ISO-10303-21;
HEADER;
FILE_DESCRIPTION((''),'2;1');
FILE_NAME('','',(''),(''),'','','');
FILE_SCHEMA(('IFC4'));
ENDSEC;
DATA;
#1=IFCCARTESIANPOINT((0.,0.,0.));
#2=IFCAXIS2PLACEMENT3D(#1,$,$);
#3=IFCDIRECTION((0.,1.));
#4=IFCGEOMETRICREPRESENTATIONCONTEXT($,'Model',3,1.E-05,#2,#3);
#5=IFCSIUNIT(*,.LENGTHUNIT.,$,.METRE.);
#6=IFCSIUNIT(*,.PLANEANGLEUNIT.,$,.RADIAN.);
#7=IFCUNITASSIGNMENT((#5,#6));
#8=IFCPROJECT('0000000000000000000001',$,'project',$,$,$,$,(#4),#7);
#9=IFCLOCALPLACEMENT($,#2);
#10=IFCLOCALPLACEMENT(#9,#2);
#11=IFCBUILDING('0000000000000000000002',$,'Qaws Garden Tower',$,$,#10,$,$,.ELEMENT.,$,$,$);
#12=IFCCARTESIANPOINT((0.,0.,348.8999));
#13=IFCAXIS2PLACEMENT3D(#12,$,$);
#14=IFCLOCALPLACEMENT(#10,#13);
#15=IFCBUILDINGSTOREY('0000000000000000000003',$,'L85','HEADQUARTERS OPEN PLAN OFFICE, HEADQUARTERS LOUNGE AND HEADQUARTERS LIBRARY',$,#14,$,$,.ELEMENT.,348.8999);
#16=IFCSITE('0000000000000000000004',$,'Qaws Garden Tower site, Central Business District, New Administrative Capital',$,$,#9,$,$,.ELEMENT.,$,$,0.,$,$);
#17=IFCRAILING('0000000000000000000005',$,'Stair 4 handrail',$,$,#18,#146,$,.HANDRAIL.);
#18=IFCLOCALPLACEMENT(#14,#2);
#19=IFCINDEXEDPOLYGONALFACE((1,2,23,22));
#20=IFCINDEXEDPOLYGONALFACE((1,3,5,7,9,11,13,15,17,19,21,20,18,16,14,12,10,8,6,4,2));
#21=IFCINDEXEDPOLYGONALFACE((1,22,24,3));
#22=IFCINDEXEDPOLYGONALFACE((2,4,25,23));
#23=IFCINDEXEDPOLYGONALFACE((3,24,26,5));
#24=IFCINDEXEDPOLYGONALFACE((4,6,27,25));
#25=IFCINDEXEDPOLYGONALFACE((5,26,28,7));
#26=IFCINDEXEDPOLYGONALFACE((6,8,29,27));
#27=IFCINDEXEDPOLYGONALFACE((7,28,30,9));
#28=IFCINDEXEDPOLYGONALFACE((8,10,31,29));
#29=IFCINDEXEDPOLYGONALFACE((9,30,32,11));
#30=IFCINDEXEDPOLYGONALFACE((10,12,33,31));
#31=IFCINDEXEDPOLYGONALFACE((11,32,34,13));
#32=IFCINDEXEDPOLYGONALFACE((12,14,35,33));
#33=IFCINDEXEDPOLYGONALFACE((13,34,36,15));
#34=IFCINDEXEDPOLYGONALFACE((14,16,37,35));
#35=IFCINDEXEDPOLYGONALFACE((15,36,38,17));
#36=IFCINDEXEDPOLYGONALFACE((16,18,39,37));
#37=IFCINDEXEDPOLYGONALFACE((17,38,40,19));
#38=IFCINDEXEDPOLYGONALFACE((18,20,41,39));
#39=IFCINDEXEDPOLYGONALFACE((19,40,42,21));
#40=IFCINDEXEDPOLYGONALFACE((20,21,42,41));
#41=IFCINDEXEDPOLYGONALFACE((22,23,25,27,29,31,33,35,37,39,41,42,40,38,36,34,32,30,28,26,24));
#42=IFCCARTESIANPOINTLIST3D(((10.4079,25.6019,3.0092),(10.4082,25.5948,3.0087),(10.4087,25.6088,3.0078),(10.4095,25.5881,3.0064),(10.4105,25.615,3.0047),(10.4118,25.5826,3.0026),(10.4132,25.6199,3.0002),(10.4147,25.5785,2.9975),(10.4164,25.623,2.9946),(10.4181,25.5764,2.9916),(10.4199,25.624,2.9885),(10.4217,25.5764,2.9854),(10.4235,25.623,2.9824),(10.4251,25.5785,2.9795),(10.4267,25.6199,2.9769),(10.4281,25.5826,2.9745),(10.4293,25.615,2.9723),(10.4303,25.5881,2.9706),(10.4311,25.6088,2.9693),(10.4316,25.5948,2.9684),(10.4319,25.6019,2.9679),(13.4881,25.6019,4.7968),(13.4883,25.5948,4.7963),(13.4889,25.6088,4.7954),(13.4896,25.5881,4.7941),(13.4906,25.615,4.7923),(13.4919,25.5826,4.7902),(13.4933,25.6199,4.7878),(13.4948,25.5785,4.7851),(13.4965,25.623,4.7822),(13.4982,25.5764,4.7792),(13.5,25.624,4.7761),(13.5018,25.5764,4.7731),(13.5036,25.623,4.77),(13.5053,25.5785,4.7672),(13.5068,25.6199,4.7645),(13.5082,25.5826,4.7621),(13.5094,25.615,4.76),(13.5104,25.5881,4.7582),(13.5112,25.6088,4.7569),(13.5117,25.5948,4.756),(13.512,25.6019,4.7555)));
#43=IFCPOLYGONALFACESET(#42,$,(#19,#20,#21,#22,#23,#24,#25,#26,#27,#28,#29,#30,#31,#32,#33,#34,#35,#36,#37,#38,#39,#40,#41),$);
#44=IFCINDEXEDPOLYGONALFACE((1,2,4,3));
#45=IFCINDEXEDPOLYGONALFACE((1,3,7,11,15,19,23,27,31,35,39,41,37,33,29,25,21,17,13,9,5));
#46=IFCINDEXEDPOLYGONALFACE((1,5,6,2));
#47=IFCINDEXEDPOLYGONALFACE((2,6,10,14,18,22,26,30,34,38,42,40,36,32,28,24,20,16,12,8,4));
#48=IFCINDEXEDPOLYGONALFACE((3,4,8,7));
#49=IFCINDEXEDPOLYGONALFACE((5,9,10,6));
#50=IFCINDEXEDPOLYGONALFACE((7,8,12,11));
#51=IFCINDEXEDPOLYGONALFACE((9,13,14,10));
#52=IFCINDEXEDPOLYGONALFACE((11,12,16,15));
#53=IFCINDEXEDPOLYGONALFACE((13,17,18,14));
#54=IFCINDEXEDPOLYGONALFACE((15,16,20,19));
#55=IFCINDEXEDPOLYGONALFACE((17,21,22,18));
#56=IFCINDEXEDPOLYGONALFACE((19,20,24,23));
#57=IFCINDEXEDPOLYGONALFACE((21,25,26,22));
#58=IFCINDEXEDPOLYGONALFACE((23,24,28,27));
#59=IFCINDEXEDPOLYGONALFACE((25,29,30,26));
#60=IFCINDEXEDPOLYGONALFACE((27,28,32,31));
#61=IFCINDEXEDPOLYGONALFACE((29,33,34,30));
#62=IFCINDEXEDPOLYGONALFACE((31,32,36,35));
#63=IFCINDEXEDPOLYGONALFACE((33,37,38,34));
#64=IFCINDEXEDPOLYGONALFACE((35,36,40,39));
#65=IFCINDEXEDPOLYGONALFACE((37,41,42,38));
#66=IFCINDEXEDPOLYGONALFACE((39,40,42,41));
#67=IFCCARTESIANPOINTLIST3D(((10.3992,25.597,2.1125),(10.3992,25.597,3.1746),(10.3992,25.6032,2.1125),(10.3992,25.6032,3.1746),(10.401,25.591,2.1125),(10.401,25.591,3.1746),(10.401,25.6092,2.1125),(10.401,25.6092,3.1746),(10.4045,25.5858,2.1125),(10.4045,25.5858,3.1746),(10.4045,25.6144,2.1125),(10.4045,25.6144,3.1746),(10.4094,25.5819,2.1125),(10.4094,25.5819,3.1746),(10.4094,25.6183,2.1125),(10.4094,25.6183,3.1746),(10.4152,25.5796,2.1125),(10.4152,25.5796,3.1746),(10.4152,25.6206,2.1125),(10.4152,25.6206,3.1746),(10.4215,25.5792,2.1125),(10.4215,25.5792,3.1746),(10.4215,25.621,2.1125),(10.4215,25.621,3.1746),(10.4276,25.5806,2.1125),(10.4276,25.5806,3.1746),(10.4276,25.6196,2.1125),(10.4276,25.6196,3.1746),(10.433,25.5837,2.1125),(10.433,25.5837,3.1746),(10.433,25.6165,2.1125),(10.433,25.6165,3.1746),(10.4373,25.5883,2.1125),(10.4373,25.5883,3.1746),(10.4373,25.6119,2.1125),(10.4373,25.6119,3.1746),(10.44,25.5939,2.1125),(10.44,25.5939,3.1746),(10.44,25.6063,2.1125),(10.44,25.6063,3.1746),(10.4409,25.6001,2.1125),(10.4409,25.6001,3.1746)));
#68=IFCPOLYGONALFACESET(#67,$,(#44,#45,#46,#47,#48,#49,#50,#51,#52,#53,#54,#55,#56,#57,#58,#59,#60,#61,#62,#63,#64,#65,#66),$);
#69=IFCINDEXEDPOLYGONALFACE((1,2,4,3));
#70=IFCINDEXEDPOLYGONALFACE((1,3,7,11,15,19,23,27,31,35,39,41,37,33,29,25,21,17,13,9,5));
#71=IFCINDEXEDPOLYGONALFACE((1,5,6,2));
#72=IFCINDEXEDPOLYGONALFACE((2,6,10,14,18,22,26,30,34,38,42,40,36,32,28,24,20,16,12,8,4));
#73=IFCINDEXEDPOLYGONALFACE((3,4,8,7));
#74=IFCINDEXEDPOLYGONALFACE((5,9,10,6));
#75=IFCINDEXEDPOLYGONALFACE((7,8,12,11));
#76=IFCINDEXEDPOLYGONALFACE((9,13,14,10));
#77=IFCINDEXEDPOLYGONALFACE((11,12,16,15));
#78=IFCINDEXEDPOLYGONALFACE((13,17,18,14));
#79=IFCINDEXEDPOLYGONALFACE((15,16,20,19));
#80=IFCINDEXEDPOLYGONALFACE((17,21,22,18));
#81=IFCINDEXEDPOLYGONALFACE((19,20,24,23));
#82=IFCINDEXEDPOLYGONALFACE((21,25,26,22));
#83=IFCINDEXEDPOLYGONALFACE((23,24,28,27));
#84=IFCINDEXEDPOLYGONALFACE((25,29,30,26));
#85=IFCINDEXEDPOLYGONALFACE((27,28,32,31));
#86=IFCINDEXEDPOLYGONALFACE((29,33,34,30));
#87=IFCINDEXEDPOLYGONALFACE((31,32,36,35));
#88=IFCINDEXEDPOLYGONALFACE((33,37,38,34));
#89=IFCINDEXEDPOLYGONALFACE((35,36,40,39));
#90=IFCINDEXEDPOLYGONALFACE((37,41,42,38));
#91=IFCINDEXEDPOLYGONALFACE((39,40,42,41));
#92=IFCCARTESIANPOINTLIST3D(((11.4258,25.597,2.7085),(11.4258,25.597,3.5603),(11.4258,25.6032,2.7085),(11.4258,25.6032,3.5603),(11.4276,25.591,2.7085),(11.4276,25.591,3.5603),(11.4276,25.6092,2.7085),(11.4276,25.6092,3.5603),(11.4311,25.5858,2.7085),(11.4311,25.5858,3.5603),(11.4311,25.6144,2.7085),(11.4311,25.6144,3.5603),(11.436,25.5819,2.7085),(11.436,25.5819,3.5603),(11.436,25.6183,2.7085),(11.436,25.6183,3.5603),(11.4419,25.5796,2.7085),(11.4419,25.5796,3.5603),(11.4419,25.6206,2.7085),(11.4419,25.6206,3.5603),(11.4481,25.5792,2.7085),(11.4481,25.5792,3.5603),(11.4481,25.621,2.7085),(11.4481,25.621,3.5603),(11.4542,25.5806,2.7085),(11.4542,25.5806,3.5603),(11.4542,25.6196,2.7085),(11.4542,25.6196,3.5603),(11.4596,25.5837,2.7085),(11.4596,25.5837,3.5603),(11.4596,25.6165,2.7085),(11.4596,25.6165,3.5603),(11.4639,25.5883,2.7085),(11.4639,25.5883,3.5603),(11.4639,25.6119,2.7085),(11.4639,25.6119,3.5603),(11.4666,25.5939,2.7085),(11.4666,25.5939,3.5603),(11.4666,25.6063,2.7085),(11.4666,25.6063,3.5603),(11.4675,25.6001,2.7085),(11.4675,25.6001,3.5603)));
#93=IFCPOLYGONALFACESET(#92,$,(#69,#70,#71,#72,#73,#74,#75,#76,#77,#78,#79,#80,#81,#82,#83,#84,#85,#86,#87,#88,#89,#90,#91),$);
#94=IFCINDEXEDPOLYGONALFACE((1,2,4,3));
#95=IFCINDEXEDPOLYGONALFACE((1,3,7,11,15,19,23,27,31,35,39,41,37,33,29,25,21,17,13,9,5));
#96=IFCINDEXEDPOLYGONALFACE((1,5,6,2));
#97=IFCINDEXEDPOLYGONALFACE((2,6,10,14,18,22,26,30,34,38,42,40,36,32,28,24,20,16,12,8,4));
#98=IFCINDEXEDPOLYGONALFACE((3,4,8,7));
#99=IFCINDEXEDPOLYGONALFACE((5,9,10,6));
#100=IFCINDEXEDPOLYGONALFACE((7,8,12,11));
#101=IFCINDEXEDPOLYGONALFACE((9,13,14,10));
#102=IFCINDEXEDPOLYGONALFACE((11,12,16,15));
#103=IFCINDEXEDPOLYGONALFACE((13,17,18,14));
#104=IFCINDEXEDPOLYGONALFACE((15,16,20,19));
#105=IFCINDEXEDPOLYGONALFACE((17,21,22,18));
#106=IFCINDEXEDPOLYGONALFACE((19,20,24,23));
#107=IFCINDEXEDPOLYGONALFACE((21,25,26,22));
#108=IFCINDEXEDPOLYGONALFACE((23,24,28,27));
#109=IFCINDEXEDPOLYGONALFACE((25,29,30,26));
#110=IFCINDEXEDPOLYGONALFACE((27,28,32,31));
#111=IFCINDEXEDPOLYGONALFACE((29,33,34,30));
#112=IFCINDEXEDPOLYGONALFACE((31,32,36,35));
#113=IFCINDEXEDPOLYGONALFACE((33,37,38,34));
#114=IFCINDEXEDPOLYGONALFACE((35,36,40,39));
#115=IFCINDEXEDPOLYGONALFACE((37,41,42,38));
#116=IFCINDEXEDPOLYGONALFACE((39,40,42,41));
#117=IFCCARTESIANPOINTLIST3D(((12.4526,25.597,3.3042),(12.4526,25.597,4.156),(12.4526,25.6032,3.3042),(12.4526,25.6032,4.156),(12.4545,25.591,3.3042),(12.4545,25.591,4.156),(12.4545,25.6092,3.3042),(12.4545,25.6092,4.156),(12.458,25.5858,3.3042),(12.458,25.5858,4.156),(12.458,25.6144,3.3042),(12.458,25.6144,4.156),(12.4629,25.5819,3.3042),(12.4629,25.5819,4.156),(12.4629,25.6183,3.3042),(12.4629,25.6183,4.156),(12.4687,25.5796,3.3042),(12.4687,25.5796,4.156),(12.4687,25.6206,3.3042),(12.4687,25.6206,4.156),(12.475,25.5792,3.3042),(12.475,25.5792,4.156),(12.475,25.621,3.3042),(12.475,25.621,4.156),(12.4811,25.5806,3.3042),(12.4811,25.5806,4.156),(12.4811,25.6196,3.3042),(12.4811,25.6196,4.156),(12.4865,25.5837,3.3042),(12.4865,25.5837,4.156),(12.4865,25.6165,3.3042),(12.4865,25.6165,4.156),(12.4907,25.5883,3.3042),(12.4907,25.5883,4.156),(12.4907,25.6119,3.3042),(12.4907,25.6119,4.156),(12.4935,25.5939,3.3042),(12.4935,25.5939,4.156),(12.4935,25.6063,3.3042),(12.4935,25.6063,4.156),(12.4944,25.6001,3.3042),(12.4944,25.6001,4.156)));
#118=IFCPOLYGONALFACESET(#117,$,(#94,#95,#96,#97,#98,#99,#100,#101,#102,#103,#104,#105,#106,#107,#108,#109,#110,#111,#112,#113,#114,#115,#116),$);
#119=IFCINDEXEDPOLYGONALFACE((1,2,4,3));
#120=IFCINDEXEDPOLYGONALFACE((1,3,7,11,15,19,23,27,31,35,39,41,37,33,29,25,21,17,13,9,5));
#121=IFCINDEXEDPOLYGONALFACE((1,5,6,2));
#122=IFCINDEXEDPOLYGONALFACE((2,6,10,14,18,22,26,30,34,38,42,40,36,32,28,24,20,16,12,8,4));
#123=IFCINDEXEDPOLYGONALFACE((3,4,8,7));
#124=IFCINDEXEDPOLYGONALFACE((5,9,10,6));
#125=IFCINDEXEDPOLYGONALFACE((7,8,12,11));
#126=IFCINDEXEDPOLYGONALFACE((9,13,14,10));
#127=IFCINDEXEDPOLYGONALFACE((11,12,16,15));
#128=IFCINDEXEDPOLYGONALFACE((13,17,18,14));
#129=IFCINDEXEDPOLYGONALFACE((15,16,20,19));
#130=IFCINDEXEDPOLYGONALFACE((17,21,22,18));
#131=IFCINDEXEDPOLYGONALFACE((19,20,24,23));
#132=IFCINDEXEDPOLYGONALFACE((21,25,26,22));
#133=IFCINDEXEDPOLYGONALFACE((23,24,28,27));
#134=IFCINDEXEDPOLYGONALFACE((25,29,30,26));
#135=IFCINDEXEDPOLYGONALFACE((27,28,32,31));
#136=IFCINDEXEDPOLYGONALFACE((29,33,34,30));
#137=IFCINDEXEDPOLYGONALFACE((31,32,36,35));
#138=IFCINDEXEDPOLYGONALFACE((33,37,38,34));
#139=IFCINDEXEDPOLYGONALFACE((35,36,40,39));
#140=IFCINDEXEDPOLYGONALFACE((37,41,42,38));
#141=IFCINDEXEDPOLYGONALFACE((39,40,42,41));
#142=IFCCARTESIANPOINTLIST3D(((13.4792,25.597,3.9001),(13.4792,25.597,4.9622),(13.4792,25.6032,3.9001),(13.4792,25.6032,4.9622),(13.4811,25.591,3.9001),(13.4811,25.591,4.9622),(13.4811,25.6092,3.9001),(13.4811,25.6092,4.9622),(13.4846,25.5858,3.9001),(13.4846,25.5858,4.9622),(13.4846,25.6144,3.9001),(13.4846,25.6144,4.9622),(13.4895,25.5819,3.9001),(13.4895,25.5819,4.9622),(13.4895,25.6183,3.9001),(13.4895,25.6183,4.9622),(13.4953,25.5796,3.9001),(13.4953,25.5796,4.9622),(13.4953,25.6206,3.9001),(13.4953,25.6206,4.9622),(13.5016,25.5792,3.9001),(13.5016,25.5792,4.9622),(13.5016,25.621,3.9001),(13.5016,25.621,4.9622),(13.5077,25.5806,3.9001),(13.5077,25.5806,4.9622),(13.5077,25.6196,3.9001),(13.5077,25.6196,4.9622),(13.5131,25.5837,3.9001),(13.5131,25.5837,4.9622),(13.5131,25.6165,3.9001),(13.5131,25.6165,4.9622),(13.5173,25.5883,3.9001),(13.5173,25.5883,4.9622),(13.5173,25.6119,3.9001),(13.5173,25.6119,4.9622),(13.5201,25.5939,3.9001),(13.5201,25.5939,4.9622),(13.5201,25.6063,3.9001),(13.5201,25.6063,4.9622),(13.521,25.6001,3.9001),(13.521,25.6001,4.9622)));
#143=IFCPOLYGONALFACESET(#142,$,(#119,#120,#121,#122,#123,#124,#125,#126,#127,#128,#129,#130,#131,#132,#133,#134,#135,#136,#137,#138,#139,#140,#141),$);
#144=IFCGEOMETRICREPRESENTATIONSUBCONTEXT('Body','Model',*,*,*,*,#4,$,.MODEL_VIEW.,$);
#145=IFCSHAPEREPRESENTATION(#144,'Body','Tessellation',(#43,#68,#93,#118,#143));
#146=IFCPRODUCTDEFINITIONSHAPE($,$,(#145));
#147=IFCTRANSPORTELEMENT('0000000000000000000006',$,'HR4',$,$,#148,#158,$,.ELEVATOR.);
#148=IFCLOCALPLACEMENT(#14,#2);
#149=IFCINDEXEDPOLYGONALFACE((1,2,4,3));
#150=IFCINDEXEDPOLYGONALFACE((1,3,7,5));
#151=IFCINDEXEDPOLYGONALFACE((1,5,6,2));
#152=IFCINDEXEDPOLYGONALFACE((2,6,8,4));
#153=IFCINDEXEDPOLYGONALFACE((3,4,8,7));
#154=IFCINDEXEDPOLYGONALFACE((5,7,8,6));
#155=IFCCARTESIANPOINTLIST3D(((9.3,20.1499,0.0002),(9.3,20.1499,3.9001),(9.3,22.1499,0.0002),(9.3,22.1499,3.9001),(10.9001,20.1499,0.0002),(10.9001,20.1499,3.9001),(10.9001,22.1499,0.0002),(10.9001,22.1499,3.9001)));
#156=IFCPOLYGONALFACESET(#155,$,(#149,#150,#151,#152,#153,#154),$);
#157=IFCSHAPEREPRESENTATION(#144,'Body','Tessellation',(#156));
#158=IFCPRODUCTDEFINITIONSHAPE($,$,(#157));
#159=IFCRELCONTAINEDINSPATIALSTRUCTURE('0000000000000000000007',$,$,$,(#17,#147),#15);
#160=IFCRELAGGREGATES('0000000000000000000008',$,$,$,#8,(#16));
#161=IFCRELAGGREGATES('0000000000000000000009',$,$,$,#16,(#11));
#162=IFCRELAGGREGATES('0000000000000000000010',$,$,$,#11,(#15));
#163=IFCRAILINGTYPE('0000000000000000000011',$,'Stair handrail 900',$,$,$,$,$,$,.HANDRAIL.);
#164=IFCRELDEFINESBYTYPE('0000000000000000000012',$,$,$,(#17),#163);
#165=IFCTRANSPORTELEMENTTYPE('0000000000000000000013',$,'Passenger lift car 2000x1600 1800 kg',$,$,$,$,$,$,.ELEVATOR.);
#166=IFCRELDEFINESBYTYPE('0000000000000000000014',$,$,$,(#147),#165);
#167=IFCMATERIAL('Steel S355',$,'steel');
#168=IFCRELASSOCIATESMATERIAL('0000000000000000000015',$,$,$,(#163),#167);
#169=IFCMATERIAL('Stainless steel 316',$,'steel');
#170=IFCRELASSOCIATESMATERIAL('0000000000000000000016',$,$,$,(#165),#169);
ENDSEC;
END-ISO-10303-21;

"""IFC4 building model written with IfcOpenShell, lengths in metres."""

from ifc_helpers import new_model, si_unit, direction, frame, origin, origin_2d, place, context, subcontext, project, spatial, rectangle, circle, extrude, material, type_object, element, save


model = new_model("IFC4")

# Units and contexts
model_context = context("Model", 3, precision=1e-05, world=origin(), true_north=direction((0.0, 1.0)))
body_context = subcontext(model_context, "Body", "Model", "MODEL_VIEW")
ifc_project = project(units=[si_unit("LENGTHUNIT", "METRE"), si_unit("PLANEANGLEUNIT", "RADIAN")], contexts=[model_context])

# Site, building, storey
site_placement = place(None, origin())
site = spatial("IfcSite", under=ifc_project, at=site_placement, Name="Qaws Garden Tower site, Central Business District, New Administrative Capital", CompositionType="ELEMENT", RefElevation=0.0)
building_placement = place(site_placement, origin())
building = spatial("IfcBuilding", under=site, at=building_placement, Name="Qaws Garden Tower", CompositionType="ELEMENT")
storey_placement = place(building_placement, frame((0.0, 0.0, 348.8999)))
storey = spatial("IfcBuildingStorey", under=building, at=storey_placement, Name="L85", Description="HEADQUARTERS OPEN PLAN OFFICE, HEADQUARTERS LOUNGE AND HEADQUARTERS LIBRARY", CompositionType="ELEMENT", Elevation=348.8999)

# Railing
ifc_material_1 = material(Name="Steel S355", Category="steel")
railing_type = type_object("IfcRailingType", Name="Stair handrail 900", PredefinedType="HANDRAIL", material=ifc_material_1)
railing_1_placement = place(storey_placement, frame((10.4199, 25.6001, 2.1125)))
element("IfcRailing", 1, at=railing_1_placement, inside=storey, type_object=railing_type, Name="Stair 4 handrail", PredefinedType="HANDRAIL", context=body_context, shape_type="SweptSolid", body=[
    extrude(circle(Radius=0.0239, at=origin_2d()), frame((0.0, 0.0, 0.876), z_axis=(0.864891, 0.0, 0.50196), x_axis=(0.0, 1.0, 0.0)), (0.0, 0.0, 1.0), 3.5613),
    extrude(circle(Radius=0.021, at=origin_2d()), origin(), (0.0, 0.0, 1.0), 1.062),
    extrude(circle(Radius=0.021, at=origin_2d()), frame((1.0266, 0.0, 0.5959)), (0.0, 0.0, 1.0), 0.8518),
    extrude(circle(Radius=0.021, at=origin_2d()), frame((2.0535, 0.0, 1.1917)), (0.0, 0.0, 1.0), 0.8518),
    extrude(circle(Radius=0.021, at=origin_2d()), frame((3.0801, 0.0, 1.7876)), (0.0, 0.0, 1.0), 1.062),
])

# Transport element
ifc_material_2 = material(Name="Stainless steel 316", Category="steel")
transport_element_type = type_object("IfcTransportElementType", Name="Passenger lift car 2000x1600 1800 kg", PredefinedType="ELEVATOR", material=ifc_material_2)
transport_element_placement = place(storey_placement, frame((10.1001, 21.1499, 0.0002), z_axis=(0.0, 0.0, 1.0), x_axis=(1.0, 0.0, 0.0)))
element("IfcTransportElement", 2, at=transport_element_placement, inside=storey, type_object=transport_element_type, Name="HR4", PredefinedType="ELEVATOR", context=body_context, shape_type="SweptSolid", body=[
    extrude(rectangle(XDim=1.6001, YDim=2.0, at=origin_2d()), origin(), (0.0, 0.0, 1.0), 3.8999),
])

save(model, "model.ifc")
